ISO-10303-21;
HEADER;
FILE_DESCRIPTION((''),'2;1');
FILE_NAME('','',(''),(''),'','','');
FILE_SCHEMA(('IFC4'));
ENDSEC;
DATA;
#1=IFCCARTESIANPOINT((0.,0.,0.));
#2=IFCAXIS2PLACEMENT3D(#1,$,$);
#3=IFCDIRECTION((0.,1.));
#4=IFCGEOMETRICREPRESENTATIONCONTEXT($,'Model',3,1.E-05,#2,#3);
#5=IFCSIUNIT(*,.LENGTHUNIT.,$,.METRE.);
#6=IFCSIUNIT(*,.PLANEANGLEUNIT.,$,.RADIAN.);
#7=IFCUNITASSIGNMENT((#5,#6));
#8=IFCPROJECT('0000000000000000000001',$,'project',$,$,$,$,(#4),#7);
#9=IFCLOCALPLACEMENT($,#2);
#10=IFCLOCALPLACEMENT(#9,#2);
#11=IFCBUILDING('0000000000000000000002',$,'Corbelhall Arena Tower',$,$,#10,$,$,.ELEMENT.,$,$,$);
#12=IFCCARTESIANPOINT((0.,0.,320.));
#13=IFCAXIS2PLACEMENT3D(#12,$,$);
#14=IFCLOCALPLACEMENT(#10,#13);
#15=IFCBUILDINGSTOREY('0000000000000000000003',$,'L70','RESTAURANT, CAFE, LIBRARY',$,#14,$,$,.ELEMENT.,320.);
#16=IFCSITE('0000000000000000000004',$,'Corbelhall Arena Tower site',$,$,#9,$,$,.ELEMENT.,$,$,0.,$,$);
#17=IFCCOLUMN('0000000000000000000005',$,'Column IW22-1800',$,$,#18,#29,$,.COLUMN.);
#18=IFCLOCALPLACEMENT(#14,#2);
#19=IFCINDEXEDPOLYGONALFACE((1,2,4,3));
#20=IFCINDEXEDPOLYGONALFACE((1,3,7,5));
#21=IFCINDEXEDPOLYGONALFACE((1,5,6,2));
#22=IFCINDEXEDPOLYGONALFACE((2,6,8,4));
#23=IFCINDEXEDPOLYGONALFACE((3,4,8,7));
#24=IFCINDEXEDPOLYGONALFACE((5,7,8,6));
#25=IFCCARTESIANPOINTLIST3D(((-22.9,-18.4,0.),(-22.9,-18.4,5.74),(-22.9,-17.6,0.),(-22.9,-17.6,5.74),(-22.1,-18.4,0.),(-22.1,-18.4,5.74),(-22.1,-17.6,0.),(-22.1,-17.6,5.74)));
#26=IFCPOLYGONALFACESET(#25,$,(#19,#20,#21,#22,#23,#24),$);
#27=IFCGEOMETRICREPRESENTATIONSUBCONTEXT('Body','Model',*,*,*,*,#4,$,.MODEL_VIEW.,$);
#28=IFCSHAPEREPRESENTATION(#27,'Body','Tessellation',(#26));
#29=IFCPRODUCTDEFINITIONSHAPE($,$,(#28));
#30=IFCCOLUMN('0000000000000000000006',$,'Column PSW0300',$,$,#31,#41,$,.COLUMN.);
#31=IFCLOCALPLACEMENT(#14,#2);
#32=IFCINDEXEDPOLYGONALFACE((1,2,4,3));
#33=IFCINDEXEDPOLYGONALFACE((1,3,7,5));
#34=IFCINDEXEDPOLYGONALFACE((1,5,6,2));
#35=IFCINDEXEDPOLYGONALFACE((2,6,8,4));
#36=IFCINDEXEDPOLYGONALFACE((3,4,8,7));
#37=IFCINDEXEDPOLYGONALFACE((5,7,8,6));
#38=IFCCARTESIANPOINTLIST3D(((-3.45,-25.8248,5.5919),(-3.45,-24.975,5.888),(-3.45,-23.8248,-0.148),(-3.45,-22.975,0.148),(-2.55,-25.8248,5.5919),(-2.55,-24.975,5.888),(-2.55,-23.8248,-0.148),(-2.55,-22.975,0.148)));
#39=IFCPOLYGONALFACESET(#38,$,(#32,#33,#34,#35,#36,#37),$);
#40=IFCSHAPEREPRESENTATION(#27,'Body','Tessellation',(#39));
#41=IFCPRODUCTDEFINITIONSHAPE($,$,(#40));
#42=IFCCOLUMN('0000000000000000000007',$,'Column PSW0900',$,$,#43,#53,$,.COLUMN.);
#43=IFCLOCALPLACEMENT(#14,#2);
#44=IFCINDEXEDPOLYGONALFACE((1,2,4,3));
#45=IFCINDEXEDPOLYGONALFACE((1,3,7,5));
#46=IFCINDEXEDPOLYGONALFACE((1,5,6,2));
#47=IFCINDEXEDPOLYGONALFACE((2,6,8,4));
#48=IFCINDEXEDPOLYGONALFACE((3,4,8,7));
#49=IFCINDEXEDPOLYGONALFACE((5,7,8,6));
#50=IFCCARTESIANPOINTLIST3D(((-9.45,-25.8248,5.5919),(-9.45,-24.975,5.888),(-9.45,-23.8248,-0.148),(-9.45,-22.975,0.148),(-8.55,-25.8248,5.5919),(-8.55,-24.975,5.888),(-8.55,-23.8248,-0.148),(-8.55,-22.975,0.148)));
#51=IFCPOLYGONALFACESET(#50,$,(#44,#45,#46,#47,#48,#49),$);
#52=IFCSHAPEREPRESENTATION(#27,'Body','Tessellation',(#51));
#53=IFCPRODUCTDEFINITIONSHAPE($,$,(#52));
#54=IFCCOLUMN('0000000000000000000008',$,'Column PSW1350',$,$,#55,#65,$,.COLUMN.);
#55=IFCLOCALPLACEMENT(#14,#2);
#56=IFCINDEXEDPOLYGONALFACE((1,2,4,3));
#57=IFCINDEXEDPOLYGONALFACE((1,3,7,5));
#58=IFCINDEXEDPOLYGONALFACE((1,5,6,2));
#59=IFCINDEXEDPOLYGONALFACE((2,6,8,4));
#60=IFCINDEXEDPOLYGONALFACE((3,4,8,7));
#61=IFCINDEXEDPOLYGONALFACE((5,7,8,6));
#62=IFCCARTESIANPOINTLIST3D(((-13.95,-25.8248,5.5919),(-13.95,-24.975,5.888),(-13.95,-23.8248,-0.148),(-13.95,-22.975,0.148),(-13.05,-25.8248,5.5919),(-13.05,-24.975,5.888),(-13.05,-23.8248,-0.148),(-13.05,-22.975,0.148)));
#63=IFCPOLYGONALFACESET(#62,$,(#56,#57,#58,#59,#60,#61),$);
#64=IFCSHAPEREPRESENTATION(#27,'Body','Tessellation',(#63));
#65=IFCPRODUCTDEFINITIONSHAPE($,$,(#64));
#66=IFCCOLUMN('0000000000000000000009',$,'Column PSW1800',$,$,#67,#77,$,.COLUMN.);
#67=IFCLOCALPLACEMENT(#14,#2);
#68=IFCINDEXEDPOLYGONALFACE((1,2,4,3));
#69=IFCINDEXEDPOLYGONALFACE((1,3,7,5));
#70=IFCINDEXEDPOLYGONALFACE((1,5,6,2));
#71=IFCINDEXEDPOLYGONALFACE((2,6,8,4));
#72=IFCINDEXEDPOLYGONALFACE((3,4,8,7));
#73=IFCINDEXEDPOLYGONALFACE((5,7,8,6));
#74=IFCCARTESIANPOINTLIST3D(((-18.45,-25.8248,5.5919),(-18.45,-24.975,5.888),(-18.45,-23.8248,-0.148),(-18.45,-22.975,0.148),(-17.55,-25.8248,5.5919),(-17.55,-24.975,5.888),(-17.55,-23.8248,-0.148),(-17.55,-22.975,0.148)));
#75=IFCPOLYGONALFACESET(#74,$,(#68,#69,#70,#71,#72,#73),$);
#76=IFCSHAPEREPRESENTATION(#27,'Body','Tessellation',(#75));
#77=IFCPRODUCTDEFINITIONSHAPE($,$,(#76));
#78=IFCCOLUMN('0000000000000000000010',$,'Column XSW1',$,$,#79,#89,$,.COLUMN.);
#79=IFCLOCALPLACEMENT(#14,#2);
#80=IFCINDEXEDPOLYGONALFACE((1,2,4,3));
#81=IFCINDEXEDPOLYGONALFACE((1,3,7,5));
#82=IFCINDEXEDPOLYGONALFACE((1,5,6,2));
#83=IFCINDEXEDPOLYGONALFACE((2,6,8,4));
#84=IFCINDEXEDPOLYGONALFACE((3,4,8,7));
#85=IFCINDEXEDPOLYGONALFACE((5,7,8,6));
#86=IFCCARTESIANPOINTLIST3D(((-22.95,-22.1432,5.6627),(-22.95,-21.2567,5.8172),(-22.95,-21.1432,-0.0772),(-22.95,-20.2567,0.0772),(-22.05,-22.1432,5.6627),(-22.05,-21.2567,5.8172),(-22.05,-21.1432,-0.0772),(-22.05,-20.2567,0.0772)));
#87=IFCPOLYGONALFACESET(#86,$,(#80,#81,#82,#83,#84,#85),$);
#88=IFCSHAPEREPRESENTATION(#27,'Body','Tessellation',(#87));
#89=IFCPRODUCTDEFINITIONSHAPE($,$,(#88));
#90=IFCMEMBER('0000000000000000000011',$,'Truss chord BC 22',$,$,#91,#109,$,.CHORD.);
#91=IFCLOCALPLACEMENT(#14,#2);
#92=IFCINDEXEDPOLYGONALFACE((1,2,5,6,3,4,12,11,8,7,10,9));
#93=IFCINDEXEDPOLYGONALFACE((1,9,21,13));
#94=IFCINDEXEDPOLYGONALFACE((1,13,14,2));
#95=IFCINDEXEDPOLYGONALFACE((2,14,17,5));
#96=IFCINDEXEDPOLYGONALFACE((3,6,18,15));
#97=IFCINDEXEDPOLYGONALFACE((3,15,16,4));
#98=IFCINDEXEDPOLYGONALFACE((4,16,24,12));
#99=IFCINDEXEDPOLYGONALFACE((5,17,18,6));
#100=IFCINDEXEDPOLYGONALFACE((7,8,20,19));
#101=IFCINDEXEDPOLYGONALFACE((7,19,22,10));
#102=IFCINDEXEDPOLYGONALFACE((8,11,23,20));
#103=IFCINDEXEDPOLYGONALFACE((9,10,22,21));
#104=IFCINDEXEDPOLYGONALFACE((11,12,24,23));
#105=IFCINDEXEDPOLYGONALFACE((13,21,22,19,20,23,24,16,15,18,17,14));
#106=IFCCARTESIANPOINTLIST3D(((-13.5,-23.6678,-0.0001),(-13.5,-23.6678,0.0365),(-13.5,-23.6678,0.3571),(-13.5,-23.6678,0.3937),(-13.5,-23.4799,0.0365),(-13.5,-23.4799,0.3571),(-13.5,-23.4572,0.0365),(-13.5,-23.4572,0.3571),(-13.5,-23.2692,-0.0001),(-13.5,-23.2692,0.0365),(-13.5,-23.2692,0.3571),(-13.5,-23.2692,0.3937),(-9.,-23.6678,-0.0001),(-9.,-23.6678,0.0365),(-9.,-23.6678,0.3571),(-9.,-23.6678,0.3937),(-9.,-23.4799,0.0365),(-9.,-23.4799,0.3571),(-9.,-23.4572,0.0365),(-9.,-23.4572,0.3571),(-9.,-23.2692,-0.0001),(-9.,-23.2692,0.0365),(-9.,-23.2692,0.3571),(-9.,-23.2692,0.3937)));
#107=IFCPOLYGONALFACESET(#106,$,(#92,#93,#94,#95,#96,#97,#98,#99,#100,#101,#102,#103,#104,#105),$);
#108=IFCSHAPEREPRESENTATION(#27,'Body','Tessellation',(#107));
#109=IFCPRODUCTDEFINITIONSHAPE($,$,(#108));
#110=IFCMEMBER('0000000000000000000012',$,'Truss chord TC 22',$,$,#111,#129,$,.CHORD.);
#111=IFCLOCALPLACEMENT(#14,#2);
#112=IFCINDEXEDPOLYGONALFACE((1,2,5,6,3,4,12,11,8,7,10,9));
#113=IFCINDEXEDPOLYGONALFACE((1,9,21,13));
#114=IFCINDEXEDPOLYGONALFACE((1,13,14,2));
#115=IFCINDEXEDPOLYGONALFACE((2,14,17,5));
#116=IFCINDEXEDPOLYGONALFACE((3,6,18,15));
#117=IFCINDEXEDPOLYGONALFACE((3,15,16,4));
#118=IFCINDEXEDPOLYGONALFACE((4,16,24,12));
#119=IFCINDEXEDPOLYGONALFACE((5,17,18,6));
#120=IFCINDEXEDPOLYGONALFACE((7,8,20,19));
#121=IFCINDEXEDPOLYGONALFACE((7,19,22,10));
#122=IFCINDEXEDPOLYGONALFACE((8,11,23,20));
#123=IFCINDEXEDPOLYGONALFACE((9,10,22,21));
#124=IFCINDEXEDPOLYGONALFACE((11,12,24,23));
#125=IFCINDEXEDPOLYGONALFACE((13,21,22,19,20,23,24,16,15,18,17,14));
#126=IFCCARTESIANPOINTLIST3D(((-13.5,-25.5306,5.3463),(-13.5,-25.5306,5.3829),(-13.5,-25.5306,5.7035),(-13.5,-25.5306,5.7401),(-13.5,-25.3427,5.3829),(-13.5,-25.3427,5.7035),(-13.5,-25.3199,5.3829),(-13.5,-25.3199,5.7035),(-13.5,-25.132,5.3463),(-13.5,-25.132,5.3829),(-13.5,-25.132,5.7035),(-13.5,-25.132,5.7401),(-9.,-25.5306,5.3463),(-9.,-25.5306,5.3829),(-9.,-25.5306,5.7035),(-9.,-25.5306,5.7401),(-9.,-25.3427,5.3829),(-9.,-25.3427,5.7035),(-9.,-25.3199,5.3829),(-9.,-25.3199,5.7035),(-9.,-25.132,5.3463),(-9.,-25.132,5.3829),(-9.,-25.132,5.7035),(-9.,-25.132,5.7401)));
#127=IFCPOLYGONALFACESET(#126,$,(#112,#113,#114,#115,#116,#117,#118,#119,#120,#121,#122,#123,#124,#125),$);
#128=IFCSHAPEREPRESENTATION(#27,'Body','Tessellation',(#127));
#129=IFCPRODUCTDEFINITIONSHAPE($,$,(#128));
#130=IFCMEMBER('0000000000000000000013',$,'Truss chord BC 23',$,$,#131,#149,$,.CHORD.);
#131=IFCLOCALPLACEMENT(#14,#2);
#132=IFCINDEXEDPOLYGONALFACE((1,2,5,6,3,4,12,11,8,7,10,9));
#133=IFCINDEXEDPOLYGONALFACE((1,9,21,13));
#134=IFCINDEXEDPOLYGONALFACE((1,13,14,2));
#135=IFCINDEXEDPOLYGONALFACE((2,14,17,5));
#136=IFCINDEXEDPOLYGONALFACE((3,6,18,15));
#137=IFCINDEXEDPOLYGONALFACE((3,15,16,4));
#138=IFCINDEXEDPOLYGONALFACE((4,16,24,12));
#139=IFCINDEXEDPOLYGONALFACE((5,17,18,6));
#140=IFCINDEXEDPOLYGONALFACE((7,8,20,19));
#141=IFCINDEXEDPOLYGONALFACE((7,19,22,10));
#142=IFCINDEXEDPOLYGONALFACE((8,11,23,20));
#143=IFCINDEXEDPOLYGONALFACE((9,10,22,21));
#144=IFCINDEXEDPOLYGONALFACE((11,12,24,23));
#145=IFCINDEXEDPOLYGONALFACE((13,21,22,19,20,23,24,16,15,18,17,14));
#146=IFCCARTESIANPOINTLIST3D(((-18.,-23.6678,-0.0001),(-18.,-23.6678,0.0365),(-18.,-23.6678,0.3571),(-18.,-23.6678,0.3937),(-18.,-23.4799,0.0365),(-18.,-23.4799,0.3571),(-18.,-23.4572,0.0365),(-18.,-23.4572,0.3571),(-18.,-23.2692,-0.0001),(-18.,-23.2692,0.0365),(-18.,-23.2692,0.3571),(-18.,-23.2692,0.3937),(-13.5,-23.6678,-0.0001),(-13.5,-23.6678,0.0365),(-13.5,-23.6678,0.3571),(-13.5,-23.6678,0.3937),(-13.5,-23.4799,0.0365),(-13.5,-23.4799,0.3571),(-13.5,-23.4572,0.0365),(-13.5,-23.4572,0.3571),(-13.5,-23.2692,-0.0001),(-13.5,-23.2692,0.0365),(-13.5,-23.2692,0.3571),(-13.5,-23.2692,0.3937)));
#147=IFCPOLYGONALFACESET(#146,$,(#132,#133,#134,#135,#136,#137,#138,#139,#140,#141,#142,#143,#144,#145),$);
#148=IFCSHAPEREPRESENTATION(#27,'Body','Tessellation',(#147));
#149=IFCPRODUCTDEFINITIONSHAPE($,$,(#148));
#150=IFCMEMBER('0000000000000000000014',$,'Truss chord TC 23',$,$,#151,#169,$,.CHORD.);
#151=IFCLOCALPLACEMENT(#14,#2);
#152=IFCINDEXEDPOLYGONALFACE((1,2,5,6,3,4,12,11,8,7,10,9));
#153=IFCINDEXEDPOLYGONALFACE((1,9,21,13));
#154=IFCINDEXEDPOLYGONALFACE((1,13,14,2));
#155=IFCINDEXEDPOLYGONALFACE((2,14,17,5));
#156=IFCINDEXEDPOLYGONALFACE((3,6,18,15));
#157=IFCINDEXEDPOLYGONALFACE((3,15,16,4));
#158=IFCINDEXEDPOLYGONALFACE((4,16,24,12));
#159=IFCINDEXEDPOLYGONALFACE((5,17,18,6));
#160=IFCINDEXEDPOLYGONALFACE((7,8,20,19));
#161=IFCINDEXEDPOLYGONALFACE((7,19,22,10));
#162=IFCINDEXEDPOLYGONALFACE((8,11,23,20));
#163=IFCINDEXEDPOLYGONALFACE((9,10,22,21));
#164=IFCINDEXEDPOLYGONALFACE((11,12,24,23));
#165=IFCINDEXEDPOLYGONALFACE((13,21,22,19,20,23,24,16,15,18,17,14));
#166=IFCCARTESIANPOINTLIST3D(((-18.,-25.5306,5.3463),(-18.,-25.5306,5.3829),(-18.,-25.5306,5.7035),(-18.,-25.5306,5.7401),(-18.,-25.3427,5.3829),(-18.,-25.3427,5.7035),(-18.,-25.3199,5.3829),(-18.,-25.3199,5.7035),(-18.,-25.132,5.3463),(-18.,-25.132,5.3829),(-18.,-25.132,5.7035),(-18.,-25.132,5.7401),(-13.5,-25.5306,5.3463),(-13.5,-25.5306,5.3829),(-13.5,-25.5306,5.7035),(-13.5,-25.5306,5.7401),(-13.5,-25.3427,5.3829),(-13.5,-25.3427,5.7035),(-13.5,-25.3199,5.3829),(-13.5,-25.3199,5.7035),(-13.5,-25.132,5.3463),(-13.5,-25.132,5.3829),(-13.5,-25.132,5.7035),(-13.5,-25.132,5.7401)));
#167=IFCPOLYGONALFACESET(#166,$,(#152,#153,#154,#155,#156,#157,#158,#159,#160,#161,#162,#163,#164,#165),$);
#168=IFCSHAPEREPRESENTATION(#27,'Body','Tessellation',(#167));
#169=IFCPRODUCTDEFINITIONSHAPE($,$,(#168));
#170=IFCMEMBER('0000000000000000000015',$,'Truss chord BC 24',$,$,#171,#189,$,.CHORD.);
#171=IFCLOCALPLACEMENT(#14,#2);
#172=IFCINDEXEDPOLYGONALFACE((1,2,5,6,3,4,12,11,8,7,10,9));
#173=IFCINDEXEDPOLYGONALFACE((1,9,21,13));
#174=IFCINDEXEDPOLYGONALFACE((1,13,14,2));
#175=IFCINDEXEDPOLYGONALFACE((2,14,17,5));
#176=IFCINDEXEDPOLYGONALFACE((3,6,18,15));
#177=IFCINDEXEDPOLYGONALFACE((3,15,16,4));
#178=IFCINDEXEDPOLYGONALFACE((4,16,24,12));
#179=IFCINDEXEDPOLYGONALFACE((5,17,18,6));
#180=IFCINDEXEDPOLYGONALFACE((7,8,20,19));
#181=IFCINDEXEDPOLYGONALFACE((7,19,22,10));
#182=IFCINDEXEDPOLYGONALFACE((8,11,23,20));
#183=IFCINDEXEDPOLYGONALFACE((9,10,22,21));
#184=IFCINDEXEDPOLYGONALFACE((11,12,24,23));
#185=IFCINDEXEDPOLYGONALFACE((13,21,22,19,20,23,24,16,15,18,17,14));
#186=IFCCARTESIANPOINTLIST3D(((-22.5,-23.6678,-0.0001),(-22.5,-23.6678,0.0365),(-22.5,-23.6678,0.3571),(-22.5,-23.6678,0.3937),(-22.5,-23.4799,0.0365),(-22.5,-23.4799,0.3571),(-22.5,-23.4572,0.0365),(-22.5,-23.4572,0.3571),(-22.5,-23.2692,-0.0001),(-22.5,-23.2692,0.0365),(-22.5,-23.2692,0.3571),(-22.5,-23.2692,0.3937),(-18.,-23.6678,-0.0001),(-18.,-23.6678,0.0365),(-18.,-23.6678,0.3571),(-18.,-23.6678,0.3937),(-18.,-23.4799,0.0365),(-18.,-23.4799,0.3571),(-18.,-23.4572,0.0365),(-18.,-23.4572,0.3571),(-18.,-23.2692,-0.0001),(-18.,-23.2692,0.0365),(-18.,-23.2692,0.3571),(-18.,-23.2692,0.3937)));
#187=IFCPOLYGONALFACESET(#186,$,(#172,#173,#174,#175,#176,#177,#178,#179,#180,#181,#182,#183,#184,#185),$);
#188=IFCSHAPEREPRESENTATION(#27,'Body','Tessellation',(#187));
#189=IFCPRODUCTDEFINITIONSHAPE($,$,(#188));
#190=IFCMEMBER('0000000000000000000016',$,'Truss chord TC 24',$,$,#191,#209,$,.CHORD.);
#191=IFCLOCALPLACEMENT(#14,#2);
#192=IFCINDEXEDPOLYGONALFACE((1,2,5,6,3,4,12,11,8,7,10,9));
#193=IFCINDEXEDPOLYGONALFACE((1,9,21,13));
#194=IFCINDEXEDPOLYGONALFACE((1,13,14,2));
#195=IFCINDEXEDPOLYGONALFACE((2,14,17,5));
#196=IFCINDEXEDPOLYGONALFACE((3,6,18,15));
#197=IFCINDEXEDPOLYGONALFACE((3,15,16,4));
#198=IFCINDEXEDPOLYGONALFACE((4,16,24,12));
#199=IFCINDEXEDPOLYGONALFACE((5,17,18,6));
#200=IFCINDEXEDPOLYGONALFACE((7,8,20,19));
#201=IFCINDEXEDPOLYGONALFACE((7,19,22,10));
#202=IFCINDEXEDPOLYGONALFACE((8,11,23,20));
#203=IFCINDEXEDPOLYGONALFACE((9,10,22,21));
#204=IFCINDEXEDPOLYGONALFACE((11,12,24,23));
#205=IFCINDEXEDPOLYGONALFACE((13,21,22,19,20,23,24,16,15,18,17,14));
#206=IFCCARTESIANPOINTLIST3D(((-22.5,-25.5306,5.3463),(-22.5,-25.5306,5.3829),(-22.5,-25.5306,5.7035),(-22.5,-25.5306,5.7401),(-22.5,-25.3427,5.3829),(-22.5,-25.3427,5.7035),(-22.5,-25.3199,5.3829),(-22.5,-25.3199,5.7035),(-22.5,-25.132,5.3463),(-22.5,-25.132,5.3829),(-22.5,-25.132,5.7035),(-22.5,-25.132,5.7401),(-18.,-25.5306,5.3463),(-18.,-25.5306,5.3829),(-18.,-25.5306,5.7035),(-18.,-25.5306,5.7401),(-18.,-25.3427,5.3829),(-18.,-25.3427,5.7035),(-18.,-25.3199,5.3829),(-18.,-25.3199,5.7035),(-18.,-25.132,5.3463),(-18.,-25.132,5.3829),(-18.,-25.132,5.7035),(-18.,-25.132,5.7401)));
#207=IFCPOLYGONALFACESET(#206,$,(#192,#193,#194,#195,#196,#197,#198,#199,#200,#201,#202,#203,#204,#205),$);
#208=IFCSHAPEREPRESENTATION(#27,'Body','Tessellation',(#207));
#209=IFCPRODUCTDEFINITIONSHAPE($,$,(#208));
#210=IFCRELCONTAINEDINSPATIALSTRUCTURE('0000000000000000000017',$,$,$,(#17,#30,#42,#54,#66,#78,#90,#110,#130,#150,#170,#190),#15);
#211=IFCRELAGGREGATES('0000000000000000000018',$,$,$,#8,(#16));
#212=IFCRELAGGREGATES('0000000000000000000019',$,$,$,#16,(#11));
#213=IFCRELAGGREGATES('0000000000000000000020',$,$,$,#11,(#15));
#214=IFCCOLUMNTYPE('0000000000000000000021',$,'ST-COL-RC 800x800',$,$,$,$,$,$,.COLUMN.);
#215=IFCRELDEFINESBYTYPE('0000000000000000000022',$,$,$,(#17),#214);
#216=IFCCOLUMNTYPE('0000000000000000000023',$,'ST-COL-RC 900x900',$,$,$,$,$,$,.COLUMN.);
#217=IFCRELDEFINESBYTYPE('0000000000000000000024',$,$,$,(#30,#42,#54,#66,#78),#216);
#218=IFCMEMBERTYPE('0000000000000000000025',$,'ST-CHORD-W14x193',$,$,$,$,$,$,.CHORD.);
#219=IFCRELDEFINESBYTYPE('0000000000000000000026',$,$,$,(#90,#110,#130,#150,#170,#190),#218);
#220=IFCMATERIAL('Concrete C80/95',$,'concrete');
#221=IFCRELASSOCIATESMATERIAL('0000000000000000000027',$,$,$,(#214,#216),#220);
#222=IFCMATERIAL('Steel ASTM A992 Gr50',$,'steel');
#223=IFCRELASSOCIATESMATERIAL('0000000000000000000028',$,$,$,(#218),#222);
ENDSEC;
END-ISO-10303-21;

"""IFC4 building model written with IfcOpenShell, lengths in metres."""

from ifc_helpers import new_model, si_unit, direction, frame, origin, origin_2d, place, context, subcontext, project, spatial, rectangle, i_section, extrude, material, material_profile, profile_set, type_object, element, save


model = new_model("IFC4")

# Units and contexts
model_context = context("Model", 3, precision=1e-05, world=origin(), true_north=direction((0.0, 1.0)))
body_context = subcontext(model_context, "Body", "Model", "MODEL_VIEW")
ifc_project = project(units=[si_unit("LENGTHUNIT", "METRE"), si_unit("PLANEANGLEUNIT", "RADIAN")], contexts=[model_context])

# Site, building, storey
site_placement = place(None, origin())
site = spatial("IfcSite", under=ifc_project, at=site_placement, Name="Corbelhall Arena Tower site", CompositionType="ELEMENT", RefElevation=0.0)
building_placement = place(site_placement, origin())
building = spatial("IfcBuilding", under=site, at=building_placement, Name="Corbelhall Arena Tower", CompositionType="ELEMENT")
storey_placement = place(building_placement, frame((0.0, 0.0, 320.0)))
storey = spatial("IfcBuildingStorey", under=building, at=storey_placement, Name="L70", Description="RESTAURANT, CAFE, LIBRARY", CompositionType="ELEMENT", Elevation=320.0)

# Columns
ifc_material_1 = material(Name="Concrete C80/95", Category="concrete")
ifc_material_profile_1 = material_profile(ifc_material_1, rectangle(XDim=0.8, YDim=0.8, at=origin_2d()))
ifc_profile_set_1 = profile_set([ifc_material_profile_1], Name="Concrete C80/95")
column_type_1 = type_object("IfcColumnType", Name="ST-COL-RC 800x800", PredefinedType="COLUMN", material=ifc_profile_set_1)
column_1_placement = place(storey_placement, frame((-22.5, -18.0, 0.0), z_axis=(0.0, 0.0, 1.0), x_axis=(1.0, 0.0, 0.0)))
element("IfcColumn", 1, at=column_1_placement, inside=storey, type_object=column_type_1, Name="Column IW22-1800", PredefinedType="COLUMN", context=body_context, shape_type="SweptSolid", body=[
    extrude(rectangle(XDim=0.8, YDim=0.8, at=origin_2d()), origin(), (0.0, 0.0, 1.0), 5.74),
])
ifc_material_profile_2 = material_profile(ifc_material_1, rectangle(XDim=0.8999, YDim=0.8999, at=origin_2d()))
ifc_profile_set_2 = profile_set([ifc_material_profile_2], Name="Concrete C80/95")
column_type_2 = type_object("IfcColumnType", Name="ST-COL-RC 900x900", PredefinedType="COLUMN", material=ifc_profile_set_2)
for number, where, z_axis, x_axis, name in (
    (2, (-3.0, -23.3999, 0.0), (0.0, -0.329032, 0.944319), (1.0, 0.0, 0.0), "Column PSW0300"),
    (3, (-9.0, -23.3999, 0.0), (0.0, -0.329032, 0.944319), (1.0, 0.0, 0.0), "Column PSW0900"),
    (4, (-13.5, -23.3999, 0.0), (0.0, -0.329032, 0.944319), (1.0, 0.0, 0.0), "Column PSW1350"),
    (5, (-18.0, -23.3999, 0.0), (0.0, -0.329032, 0.944319), (1.0, 0.0, 0.0), "Column PSW1800"),
):
    element("IfcColumn", number, at=place(storey_placement, frame(where, z_axis=z_axis, x_axis=x_axis)), inside=storey, type_object=column_type_2, Name=name, PredefinedType="COLUMN", context=body_context, shape_type="SweptSolid", body=[
        extrude(rectangle(XDim=0.8999, YDim=0.8999, at=origin_2d()), origin(), (0.0, 0.0, 1.0), 6.0784),
    ])
column_2_placement = place(storey_placement, frame((-22.5, -20.7, 0.0), z_axis=(0.0, -0.171631, 0.985161), x_axis=(1.0, 0.0, 0.0)))
element("IfcColumn", 6, at=column_2_placement, inside=storey, type_object=column_type_2, Name="Column XSW1", PredefinedType="COLUMN", context=body_context, shape_type="SweptSolid", body=[
    extrude(rectangle(XDim=0.8999, YDim=0.8999, at=origin_2d()), origin(), (0.0, 0.0, 1.0), 5.8264),
])

# Members
ifc_material_2 = material(Name="Steel ASTM A992 Gr50", Category="steel")
ifc_material_profile_3 = material_profile(ifc_material_2, i_section(OverallWidth=0.3987, OverallDepth=0.3938, WebThickness=0.0227, FlangeThickness=0.0366, at=origin_2d()))
ifc_profile_set_3 = profile_set([ifc_material_profile_3], Name="Steel ASTM A992 Gr50")
member_type_1 = type_object("IfcMemberType", Name="ST-CHORD-W14x193", PredefinedType="CHORD", material=ifc_profile_set_3)
for number, where, z_axis, x_axis, name in (
    (7, (-9.0, -23.4685, 0.1968), (-1.0, 0.0, 0.0), (0.0, -1.0, 0.0), "Truss chord BC 22"),
    (8, (-9.0, -25.3313, 5.5432), (-1.0, 0.0, 0.0), (0.0, -1.0, 0.0), "Truss chord TC 22"),
    (9, (-13.5, -23.4685, 0.1968), (-1.0, 0.0, 0.0), (0.0, -1.0, 0.0), "Truss chord BC 23"),
    (10, (-13.5, -25.3313, 5.5432), (-1.0, 0.0, 0.0), (0.0, -1.0, 0.0), "Truss chord TC 23"),
    (11, (-18.0, -23.4685, 0.1968), (-1.0, 0.0, 0.0), (0.0, -1.0, 0.0), "Truss chord BC 24"),
    (12, (-18.0, -25.3313, 5.5432), (-1.0, 0.0, 0.0), (0.0, -1.0, 0.0), "Truss chord TC 24"),
):
    element("IfcMember", number, at=place(storey_placement, frame(where, z_axis=z_axis, x_axis=x_axis)), inside=storey, type_object=member_type_1, Name=name, PredefinedType="CHORD", context=body_context, shape_type="SweptSolid", body=[
        extrude(i_section(OverallWidth=0.3987, OverallDepth=0.3938, WebThickness=0.0227, FlangeThickness=0.0366, at=origin_2d()), origin(), (0.0, 0.0, 1.0), 4.5),
    ])

save(model, "model.ifc")
